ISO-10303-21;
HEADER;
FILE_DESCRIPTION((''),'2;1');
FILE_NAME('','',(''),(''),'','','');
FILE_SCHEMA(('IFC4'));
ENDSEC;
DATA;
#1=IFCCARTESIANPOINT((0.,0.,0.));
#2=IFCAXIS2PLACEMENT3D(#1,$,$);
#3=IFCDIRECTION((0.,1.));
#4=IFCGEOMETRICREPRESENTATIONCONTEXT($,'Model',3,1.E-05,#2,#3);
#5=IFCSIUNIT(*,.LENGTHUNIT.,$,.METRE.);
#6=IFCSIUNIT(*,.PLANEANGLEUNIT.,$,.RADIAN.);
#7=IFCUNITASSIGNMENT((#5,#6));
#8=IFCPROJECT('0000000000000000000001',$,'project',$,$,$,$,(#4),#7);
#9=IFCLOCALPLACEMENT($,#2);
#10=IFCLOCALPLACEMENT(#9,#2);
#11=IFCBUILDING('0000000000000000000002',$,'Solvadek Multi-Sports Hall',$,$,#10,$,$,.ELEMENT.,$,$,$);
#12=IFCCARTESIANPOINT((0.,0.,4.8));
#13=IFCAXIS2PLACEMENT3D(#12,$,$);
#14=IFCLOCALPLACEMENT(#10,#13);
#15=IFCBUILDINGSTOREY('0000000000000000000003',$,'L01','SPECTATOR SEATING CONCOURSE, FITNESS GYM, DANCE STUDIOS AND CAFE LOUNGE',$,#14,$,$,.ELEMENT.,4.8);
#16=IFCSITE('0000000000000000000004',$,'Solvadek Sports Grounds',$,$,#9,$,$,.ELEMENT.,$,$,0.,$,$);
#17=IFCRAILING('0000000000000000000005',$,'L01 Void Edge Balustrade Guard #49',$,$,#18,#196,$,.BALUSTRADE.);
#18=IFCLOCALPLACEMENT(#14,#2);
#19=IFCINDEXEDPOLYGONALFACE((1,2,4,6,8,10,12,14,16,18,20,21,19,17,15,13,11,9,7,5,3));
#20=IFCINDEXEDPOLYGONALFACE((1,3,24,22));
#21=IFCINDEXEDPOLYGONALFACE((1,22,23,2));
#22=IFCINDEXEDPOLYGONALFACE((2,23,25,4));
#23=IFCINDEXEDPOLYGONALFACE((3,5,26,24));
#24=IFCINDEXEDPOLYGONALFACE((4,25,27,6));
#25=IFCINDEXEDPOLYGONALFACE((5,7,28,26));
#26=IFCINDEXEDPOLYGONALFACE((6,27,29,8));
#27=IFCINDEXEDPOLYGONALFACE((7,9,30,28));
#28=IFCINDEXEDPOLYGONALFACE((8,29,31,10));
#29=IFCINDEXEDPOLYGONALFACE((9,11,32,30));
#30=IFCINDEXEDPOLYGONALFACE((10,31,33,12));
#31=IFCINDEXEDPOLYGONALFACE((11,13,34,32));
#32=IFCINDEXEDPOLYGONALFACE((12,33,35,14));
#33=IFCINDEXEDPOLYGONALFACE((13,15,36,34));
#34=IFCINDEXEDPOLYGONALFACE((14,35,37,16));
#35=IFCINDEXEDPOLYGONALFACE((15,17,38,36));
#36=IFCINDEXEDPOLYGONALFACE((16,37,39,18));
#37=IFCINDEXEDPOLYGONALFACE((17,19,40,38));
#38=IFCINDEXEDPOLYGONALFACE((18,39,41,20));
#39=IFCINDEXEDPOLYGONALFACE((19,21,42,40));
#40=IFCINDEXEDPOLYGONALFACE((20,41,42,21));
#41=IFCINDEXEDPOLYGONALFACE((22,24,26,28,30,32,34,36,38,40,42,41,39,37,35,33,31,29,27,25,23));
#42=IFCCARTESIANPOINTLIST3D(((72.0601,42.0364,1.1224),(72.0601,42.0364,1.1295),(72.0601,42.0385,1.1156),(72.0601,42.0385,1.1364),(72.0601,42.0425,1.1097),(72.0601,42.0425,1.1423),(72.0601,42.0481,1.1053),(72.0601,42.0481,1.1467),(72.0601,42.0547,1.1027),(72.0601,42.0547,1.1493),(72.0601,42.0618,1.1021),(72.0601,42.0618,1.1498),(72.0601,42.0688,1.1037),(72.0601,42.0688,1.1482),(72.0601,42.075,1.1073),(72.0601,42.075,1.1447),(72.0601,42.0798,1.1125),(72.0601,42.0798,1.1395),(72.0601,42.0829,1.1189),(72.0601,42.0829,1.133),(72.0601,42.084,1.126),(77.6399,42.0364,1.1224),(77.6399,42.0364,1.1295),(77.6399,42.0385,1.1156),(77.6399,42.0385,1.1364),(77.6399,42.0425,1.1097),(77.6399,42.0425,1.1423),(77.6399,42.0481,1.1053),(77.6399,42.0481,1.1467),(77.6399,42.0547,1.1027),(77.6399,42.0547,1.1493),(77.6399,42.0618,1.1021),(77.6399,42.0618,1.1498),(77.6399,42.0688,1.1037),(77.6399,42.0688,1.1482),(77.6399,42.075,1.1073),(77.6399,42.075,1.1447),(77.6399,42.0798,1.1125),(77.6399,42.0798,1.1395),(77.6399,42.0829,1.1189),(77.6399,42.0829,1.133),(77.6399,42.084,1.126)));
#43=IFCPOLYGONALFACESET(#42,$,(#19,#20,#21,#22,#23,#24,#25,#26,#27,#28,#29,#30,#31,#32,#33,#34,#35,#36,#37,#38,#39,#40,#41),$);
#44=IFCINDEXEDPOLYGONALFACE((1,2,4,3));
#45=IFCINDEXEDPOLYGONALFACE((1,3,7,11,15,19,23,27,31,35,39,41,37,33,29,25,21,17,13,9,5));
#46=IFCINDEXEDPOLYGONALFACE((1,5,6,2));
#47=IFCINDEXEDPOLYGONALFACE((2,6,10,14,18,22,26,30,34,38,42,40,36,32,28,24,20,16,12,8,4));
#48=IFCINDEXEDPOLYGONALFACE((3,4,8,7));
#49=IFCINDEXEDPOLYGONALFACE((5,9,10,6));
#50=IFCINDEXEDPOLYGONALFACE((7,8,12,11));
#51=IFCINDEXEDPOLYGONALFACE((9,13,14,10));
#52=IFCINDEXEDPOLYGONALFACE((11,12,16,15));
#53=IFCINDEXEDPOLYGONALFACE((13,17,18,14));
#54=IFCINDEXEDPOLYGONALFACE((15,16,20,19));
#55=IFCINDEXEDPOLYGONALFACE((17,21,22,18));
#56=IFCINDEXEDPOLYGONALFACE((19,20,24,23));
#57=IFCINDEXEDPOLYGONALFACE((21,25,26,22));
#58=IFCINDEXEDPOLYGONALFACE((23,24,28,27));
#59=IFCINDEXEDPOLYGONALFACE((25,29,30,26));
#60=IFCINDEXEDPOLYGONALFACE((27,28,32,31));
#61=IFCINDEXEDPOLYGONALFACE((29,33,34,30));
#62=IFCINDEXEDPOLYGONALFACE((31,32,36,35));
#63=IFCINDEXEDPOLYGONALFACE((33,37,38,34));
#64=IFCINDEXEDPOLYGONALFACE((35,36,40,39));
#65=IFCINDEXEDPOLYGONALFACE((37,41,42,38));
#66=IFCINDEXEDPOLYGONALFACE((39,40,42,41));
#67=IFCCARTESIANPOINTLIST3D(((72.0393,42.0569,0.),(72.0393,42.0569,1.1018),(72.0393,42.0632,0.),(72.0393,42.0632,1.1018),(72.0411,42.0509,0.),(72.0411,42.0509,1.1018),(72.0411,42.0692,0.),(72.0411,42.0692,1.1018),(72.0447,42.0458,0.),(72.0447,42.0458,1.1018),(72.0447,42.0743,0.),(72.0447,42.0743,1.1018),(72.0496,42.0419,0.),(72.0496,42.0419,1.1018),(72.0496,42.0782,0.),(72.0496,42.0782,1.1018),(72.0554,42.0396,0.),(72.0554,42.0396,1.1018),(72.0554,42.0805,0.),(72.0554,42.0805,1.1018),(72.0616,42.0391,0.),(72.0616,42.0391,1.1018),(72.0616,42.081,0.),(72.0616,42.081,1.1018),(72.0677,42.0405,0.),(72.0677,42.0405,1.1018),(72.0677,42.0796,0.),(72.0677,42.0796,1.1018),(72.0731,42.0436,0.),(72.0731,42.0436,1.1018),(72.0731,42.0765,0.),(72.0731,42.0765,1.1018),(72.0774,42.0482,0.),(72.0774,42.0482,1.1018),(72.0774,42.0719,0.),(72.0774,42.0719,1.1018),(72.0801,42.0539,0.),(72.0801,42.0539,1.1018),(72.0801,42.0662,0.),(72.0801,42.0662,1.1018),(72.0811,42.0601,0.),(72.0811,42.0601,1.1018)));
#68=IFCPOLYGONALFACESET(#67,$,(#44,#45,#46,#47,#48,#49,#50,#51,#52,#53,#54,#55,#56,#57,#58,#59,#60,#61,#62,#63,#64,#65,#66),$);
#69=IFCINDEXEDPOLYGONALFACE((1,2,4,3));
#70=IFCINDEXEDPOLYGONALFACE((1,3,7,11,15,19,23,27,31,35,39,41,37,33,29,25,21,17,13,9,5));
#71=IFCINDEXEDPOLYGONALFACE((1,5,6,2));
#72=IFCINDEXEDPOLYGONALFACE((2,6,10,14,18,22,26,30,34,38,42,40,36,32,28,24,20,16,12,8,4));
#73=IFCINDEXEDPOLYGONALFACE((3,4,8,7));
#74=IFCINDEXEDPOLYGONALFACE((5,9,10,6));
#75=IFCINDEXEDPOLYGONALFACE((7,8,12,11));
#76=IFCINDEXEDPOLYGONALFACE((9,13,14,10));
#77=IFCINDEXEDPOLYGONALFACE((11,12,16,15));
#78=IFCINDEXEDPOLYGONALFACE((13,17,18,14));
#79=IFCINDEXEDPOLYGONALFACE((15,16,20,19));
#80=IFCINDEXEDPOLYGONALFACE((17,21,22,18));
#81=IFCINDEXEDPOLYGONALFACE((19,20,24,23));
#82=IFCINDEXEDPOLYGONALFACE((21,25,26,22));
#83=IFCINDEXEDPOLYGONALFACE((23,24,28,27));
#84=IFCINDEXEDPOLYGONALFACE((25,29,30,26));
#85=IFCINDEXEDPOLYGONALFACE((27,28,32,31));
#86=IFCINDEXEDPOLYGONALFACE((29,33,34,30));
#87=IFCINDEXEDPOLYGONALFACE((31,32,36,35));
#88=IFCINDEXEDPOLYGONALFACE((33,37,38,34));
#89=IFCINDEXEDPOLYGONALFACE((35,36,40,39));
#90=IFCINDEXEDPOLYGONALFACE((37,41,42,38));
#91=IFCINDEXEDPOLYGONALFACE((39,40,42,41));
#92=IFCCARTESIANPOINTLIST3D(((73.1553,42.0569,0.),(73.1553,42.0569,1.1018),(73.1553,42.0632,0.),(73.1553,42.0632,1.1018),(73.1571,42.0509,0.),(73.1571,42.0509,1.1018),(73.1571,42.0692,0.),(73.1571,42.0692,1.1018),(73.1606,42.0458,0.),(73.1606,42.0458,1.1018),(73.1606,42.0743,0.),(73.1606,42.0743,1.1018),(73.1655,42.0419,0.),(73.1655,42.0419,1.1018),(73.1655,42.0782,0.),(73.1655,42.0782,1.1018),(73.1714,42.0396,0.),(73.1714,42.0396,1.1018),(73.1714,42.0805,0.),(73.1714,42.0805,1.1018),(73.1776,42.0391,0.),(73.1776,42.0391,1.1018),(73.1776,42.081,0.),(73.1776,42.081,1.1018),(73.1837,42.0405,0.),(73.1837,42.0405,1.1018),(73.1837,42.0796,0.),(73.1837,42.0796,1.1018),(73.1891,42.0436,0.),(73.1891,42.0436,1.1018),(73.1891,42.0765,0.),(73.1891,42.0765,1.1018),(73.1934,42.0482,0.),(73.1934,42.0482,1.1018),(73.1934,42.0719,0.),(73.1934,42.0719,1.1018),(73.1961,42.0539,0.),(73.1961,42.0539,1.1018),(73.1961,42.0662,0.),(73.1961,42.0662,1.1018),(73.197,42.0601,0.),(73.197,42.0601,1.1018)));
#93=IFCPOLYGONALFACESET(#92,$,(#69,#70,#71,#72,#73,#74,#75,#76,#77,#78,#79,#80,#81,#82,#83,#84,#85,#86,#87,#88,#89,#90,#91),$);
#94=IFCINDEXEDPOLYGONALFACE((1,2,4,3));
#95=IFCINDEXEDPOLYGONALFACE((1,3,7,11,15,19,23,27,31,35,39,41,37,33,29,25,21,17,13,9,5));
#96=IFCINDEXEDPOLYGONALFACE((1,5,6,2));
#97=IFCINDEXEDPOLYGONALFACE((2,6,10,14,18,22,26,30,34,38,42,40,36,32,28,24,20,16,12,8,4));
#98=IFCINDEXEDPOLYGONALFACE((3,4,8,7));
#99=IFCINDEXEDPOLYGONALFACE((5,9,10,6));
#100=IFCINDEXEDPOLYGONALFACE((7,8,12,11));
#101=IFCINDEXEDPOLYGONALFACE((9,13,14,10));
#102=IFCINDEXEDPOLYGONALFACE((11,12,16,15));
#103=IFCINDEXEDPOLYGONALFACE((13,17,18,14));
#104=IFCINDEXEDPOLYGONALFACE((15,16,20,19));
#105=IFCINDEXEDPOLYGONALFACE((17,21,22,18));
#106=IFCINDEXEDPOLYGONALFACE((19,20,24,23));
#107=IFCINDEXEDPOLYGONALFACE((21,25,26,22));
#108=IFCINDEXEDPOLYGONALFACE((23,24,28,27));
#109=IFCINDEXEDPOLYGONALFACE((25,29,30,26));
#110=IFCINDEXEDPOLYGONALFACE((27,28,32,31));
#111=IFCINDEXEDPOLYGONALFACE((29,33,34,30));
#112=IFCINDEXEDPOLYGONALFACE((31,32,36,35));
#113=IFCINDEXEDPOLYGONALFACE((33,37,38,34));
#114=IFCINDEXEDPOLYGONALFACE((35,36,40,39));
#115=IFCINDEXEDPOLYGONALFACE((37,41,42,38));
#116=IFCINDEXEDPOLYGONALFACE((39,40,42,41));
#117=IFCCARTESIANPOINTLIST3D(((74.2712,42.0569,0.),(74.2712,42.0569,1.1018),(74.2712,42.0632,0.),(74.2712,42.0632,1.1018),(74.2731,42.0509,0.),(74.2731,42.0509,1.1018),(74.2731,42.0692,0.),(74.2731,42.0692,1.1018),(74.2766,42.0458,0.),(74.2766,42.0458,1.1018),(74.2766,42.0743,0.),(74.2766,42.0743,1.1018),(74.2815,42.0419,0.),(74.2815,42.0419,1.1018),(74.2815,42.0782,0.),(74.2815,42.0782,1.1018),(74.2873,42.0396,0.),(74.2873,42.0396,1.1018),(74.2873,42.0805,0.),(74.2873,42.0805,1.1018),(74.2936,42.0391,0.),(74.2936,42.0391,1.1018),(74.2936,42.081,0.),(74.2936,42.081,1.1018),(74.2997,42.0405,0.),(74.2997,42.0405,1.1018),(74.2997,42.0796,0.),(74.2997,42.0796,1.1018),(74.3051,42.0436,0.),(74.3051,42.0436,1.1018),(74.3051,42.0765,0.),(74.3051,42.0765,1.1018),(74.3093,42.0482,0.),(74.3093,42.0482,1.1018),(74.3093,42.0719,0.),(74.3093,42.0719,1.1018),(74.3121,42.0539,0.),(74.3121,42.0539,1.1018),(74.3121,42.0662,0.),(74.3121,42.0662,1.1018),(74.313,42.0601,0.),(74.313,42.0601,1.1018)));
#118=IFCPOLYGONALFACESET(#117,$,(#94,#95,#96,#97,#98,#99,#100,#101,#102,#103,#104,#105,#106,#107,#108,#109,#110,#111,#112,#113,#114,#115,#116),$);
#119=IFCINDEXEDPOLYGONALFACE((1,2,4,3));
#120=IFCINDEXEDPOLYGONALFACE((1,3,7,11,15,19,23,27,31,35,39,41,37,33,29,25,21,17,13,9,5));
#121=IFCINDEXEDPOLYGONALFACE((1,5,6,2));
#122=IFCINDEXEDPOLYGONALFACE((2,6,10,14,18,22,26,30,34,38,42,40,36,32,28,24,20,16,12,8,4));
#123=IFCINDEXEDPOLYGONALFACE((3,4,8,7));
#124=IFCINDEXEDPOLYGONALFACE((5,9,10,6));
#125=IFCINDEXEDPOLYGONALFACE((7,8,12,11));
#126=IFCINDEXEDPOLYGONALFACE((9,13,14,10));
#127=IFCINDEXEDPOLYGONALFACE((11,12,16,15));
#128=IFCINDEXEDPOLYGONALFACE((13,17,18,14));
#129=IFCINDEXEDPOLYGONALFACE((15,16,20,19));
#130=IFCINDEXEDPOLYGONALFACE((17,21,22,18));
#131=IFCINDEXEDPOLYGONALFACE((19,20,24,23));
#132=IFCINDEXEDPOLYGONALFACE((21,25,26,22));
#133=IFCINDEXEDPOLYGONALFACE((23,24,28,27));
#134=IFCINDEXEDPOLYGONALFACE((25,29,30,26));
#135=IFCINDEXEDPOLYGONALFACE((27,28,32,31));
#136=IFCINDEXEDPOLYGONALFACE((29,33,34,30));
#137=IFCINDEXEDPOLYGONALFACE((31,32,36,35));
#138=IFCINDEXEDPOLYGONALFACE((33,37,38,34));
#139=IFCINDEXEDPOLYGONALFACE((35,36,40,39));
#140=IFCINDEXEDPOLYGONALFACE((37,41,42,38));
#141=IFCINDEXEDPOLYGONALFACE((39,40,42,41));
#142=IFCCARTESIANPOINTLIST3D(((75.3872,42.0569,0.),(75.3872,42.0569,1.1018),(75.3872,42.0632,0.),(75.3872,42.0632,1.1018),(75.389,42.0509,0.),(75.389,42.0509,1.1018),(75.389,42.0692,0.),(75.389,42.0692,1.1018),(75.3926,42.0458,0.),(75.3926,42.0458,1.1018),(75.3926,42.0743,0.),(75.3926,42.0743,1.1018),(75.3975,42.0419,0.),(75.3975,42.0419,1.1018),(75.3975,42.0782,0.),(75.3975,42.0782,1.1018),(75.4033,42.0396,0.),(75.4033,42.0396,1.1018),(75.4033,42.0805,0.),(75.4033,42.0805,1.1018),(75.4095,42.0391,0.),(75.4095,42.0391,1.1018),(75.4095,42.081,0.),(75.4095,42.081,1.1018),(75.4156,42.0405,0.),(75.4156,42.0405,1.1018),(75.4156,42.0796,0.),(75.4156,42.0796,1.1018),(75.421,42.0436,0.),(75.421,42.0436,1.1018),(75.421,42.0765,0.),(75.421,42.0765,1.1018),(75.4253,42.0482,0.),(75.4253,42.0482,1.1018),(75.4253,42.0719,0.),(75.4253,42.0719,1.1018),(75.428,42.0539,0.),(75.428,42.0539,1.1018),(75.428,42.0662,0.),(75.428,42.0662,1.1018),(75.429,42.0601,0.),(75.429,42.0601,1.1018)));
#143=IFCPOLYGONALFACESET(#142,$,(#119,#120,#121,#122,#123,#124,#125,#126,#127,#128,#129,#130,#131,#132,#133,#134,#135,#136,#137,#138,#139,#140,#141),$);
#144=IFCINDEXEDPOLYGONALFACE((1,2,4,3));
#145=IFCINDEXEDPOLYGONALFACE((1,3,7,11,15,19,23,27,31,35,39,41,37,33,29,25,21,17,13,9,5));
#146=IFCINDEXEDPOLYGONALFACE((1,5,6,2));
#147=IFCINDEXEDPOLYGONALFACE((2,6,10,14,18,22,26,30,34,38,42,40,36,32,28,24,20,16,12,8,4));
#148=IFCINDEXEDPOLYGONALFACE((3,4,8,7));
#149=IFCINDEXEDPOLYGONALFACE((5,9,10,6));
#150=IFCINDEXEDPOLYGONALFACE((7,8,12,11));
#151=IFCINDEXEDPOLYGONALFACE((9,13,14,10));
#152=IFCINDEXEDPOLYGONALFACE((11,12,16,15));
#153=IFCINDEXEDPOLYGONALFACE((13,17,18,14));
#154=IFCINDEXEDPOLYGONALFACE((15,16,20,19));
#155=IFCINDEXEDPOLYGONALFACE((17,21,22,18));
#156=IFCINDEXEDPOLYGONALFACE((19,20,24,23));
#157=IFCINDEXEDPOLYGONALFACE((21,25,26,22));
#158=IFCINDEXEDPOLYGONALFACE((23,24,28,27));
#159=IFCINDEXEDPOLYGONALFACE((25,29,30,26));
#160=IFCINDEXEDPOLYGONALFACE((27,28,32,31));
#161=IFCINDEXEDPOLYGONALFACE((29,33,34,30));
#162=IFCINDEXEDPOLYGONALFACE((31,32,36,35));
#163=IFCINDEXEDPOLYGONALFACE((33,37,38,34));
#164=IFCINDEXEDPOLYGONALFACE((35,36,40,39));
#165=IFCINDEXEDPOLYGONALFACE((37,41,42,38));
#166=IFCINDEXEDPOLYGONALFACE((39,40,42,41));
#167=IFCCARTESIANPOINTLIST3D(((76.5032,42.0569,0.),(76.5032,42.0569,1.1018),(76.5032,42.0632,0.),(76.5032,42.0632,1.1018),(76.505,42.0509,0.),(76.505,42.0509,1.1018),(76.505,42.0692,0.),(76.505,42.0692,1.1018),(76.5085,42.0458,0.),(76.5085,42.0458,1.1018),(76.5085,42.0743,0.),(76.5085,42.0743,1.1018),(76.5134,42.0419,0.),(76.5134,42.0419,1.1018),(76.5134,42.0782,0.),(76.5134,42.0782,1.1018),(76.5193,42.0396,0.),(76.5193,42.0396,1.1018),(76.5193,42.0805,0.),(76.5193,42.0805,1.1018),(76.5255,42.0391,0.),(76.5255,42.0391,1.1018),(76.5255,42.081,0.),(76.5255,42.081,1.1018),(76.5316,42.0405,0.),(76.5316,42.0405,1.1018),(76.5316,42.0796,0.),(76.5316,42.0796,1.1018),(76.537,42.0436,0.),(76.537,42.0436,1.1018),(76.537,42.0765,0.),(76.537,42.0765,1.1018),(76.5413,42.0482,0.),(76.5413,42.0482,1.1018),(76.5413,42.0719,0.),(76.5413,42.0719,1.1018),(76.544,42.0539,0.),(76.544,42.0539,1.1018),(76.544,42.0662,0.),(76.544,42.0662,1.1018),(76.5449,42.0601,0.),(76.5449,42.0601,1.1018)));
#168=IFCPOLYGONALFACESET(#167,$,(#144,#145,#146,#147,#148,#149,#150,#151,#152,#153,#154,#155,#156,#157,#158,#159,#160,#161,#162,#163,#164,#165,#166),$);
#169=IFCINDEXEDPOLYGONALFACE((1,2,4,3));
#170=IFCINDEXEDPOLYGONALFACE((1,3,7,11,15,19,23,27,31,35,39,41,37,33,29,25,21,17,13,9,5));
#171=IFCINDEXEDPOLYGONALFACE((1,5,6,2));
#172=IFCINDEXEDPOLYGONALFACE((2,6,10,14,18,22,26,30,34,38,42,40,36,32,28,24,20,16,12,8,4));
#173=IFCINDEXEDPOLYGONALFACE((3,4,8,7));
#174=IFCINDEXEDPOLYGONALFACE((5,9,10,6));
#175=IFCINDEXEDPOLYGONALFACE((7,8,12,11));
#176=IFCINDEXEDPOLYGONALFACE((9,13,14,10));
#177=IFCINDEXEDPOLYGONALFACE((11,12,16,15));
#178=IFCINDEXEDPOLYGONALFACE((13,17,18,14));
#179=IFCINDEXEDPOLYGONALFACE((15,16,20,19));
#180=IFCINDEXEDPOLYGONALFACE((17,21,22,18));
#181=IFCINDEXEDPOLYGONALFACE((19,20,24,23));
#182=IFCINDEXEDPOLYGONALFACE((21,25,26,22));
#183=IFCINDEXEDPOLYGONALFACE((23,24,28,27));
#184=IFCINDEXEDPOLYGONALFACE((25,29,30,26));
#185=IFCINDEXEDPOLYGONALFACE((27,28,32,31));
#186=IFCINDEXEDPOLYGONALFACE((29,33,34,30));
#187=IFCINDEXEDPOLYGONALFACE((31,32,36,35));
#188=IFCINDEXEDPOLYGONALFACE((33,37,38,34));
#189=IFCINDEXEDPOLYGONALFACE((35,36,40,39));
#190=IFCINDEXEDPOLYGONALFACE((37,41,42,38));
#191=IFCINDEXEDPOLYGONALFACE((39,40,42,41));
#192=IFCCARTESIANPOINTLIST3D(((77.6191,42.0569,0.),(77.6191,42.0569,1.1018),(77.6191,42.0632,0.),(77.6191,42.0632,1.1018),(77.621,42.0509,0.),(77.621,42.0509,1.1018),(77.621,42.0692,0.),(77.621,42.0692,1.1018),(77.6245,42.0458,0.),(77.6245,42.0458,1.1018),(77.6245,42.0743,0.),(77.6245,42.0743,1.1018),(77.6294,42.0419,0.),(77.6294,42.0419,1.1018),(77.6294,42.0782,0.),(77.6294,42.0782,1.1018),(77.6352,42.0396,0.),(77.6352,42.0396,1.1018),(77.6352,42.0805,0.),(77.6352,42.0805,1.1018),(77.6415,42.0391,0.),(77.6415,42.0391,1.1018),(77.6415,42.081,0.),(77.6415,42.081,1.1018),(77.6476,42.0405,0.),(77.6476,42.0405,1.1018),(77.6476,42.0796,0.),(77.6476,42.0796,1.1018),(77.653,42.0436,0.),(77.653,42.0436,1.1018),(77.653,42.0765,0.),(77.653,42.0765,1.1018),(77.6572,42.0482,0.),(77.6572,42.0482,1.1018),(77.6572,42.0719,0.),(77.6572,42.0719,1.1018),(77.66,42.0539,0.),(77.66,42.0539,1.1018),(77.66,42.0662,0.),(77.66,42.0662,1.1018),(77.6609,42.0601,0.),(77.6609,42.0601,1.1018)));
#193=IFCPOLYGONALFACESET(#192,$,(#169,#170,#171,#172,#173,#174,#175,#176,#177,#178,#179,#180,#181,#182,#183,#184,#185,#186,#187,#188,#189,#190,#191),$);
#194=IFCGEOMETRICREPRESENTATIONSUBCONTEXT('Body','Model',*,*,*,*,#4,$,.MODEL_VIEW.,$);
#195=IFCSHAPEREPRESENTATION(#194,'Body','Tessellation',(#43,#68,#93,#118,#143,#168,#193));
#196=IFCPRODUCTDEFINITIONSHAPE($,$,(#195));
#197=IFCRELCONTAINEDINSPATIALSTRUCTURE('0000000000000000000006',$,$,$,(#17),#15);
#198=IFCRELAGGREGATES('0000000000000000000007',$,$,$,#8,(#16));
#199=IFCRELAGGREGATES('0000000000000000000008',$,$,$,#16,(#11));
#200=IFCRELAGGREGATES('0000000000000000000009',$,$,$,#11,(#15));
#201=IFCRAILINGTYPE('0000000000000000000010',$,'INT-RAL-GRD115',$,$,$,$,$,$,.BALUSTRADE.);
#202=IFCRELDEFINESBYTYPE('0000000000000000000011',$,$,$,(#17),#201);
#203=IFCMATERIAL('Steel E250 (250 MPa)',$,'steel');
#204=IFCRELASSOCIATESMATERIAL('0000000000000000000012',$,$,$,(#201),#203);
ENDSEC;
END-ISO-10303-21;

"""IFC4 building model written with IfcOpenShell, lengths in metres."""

from ifc_helpers import new_model, si_unit, direction, frame, origin, origin_2d, place, context, subcontext, project, spatial, circle, extrude, material, type_object, element, save


model = new_model("IFC4")

# Units and contexts
model_context = context("Model", 3, precision=1e-05, world=origin(), true_north=direction((0.0, 1.0)))
body_context = subcontext(model_context, "Body", "Model", "MODEL_VIEW")
ifc_project = project(units=[si_unit("LENGTHUNIT", "METRE"), si_unit("PLANEANGLEUNIT", "RADIAN")], contexts=[model_context])

# Site, building, storey
site_placement = place(None, origin())
site = spatial("IfcSite", under=ifc_project, at=site_placement, Name="Solvadek Sports Grounds", CompositionType="ELEMENT", RefElevation=0.0)
building_placement = place(site_placement, origin())
building = spatial("IfcBuilding", under=site, at=building_placement, Name="Solvadek Multi-Sports Hall", CompositionType="ELEMENT")
storey_placement = place(building_placement, frame((0.0, 0.0, 4.8)))
storey = spatial("IfcBuildingStorey", under=building, at=storey_placement, Name="L01", Description="SPECTATOR SEATING CONCOURSE, FITNESS GYM, DANCE STUDIOS AND CAFE LOUNGE", CompositionType="ELEMENT", Elevation=4.8)

# Shared definitions
ifc_material_1 = material(Name="Steel E250 (250 MPa)", Category="steel")

# Railing
railing_type = type_object("IfcRailingType", Name="INT-RAL-GRD115", PredefinedType="BALUSTRADE", material=ifc_material_1)
railing_1_placement = place(storey_placement, frame((72.0601, 42.0601, 0.0)))
element("IfcRailing", 1, at=railing_1_placement, inside=storey, type_object=railing_type, Name="L01 Void Edge Balustrade Guard #49", PredefinedType="BALUSTRADE", context=body_context, shape_type="SweptSolid", body=[
    extrude(circle(Radius=0.0239, at=origin_2d()), frame((0.0, 0.0, 1.126), z_axis=(1.0, 0.0, 0.0), x_axis=(0.0, 1.0, 0.0)), (0.0, 0.0, 1.0), 5.5798),
    extrude(circle(Radius=0.021, at=origin_2d()), origin(), (0.0, 0.0, 1.0), 1.1018),
    extrude(circle(Radius=0.021, at=origin_2d()), frame((1.116, 0.0, 0.0)), (0.0, 0.0, 1.0), 1.1018),
    extrude(circle(Radius=0.021, at=origin_2d()), frame((2.2319, 0.0, 0.0)), (0.0, 0.0, 1.0), 1.1018),
    extrude(circle(Radius=0.021, at=origin_2d()), frame((3.3479, 0.0, 0.0)), (0.0, 0.0, 1.0), 1.1018),
    extrude(circle(Radius=0.021, at=origin_2d()), frame((4.4639, 0.0, 0.0)), (0.0, 0.0, 1.0), 1.1018),
    extrude(circle(Radius=0.021, at=origin_2d()), frame((5.5798, 0.0, 0.0)), (0.0, 0.0, 1.0), 1.1018),
])

save(model, "model.ifc")
